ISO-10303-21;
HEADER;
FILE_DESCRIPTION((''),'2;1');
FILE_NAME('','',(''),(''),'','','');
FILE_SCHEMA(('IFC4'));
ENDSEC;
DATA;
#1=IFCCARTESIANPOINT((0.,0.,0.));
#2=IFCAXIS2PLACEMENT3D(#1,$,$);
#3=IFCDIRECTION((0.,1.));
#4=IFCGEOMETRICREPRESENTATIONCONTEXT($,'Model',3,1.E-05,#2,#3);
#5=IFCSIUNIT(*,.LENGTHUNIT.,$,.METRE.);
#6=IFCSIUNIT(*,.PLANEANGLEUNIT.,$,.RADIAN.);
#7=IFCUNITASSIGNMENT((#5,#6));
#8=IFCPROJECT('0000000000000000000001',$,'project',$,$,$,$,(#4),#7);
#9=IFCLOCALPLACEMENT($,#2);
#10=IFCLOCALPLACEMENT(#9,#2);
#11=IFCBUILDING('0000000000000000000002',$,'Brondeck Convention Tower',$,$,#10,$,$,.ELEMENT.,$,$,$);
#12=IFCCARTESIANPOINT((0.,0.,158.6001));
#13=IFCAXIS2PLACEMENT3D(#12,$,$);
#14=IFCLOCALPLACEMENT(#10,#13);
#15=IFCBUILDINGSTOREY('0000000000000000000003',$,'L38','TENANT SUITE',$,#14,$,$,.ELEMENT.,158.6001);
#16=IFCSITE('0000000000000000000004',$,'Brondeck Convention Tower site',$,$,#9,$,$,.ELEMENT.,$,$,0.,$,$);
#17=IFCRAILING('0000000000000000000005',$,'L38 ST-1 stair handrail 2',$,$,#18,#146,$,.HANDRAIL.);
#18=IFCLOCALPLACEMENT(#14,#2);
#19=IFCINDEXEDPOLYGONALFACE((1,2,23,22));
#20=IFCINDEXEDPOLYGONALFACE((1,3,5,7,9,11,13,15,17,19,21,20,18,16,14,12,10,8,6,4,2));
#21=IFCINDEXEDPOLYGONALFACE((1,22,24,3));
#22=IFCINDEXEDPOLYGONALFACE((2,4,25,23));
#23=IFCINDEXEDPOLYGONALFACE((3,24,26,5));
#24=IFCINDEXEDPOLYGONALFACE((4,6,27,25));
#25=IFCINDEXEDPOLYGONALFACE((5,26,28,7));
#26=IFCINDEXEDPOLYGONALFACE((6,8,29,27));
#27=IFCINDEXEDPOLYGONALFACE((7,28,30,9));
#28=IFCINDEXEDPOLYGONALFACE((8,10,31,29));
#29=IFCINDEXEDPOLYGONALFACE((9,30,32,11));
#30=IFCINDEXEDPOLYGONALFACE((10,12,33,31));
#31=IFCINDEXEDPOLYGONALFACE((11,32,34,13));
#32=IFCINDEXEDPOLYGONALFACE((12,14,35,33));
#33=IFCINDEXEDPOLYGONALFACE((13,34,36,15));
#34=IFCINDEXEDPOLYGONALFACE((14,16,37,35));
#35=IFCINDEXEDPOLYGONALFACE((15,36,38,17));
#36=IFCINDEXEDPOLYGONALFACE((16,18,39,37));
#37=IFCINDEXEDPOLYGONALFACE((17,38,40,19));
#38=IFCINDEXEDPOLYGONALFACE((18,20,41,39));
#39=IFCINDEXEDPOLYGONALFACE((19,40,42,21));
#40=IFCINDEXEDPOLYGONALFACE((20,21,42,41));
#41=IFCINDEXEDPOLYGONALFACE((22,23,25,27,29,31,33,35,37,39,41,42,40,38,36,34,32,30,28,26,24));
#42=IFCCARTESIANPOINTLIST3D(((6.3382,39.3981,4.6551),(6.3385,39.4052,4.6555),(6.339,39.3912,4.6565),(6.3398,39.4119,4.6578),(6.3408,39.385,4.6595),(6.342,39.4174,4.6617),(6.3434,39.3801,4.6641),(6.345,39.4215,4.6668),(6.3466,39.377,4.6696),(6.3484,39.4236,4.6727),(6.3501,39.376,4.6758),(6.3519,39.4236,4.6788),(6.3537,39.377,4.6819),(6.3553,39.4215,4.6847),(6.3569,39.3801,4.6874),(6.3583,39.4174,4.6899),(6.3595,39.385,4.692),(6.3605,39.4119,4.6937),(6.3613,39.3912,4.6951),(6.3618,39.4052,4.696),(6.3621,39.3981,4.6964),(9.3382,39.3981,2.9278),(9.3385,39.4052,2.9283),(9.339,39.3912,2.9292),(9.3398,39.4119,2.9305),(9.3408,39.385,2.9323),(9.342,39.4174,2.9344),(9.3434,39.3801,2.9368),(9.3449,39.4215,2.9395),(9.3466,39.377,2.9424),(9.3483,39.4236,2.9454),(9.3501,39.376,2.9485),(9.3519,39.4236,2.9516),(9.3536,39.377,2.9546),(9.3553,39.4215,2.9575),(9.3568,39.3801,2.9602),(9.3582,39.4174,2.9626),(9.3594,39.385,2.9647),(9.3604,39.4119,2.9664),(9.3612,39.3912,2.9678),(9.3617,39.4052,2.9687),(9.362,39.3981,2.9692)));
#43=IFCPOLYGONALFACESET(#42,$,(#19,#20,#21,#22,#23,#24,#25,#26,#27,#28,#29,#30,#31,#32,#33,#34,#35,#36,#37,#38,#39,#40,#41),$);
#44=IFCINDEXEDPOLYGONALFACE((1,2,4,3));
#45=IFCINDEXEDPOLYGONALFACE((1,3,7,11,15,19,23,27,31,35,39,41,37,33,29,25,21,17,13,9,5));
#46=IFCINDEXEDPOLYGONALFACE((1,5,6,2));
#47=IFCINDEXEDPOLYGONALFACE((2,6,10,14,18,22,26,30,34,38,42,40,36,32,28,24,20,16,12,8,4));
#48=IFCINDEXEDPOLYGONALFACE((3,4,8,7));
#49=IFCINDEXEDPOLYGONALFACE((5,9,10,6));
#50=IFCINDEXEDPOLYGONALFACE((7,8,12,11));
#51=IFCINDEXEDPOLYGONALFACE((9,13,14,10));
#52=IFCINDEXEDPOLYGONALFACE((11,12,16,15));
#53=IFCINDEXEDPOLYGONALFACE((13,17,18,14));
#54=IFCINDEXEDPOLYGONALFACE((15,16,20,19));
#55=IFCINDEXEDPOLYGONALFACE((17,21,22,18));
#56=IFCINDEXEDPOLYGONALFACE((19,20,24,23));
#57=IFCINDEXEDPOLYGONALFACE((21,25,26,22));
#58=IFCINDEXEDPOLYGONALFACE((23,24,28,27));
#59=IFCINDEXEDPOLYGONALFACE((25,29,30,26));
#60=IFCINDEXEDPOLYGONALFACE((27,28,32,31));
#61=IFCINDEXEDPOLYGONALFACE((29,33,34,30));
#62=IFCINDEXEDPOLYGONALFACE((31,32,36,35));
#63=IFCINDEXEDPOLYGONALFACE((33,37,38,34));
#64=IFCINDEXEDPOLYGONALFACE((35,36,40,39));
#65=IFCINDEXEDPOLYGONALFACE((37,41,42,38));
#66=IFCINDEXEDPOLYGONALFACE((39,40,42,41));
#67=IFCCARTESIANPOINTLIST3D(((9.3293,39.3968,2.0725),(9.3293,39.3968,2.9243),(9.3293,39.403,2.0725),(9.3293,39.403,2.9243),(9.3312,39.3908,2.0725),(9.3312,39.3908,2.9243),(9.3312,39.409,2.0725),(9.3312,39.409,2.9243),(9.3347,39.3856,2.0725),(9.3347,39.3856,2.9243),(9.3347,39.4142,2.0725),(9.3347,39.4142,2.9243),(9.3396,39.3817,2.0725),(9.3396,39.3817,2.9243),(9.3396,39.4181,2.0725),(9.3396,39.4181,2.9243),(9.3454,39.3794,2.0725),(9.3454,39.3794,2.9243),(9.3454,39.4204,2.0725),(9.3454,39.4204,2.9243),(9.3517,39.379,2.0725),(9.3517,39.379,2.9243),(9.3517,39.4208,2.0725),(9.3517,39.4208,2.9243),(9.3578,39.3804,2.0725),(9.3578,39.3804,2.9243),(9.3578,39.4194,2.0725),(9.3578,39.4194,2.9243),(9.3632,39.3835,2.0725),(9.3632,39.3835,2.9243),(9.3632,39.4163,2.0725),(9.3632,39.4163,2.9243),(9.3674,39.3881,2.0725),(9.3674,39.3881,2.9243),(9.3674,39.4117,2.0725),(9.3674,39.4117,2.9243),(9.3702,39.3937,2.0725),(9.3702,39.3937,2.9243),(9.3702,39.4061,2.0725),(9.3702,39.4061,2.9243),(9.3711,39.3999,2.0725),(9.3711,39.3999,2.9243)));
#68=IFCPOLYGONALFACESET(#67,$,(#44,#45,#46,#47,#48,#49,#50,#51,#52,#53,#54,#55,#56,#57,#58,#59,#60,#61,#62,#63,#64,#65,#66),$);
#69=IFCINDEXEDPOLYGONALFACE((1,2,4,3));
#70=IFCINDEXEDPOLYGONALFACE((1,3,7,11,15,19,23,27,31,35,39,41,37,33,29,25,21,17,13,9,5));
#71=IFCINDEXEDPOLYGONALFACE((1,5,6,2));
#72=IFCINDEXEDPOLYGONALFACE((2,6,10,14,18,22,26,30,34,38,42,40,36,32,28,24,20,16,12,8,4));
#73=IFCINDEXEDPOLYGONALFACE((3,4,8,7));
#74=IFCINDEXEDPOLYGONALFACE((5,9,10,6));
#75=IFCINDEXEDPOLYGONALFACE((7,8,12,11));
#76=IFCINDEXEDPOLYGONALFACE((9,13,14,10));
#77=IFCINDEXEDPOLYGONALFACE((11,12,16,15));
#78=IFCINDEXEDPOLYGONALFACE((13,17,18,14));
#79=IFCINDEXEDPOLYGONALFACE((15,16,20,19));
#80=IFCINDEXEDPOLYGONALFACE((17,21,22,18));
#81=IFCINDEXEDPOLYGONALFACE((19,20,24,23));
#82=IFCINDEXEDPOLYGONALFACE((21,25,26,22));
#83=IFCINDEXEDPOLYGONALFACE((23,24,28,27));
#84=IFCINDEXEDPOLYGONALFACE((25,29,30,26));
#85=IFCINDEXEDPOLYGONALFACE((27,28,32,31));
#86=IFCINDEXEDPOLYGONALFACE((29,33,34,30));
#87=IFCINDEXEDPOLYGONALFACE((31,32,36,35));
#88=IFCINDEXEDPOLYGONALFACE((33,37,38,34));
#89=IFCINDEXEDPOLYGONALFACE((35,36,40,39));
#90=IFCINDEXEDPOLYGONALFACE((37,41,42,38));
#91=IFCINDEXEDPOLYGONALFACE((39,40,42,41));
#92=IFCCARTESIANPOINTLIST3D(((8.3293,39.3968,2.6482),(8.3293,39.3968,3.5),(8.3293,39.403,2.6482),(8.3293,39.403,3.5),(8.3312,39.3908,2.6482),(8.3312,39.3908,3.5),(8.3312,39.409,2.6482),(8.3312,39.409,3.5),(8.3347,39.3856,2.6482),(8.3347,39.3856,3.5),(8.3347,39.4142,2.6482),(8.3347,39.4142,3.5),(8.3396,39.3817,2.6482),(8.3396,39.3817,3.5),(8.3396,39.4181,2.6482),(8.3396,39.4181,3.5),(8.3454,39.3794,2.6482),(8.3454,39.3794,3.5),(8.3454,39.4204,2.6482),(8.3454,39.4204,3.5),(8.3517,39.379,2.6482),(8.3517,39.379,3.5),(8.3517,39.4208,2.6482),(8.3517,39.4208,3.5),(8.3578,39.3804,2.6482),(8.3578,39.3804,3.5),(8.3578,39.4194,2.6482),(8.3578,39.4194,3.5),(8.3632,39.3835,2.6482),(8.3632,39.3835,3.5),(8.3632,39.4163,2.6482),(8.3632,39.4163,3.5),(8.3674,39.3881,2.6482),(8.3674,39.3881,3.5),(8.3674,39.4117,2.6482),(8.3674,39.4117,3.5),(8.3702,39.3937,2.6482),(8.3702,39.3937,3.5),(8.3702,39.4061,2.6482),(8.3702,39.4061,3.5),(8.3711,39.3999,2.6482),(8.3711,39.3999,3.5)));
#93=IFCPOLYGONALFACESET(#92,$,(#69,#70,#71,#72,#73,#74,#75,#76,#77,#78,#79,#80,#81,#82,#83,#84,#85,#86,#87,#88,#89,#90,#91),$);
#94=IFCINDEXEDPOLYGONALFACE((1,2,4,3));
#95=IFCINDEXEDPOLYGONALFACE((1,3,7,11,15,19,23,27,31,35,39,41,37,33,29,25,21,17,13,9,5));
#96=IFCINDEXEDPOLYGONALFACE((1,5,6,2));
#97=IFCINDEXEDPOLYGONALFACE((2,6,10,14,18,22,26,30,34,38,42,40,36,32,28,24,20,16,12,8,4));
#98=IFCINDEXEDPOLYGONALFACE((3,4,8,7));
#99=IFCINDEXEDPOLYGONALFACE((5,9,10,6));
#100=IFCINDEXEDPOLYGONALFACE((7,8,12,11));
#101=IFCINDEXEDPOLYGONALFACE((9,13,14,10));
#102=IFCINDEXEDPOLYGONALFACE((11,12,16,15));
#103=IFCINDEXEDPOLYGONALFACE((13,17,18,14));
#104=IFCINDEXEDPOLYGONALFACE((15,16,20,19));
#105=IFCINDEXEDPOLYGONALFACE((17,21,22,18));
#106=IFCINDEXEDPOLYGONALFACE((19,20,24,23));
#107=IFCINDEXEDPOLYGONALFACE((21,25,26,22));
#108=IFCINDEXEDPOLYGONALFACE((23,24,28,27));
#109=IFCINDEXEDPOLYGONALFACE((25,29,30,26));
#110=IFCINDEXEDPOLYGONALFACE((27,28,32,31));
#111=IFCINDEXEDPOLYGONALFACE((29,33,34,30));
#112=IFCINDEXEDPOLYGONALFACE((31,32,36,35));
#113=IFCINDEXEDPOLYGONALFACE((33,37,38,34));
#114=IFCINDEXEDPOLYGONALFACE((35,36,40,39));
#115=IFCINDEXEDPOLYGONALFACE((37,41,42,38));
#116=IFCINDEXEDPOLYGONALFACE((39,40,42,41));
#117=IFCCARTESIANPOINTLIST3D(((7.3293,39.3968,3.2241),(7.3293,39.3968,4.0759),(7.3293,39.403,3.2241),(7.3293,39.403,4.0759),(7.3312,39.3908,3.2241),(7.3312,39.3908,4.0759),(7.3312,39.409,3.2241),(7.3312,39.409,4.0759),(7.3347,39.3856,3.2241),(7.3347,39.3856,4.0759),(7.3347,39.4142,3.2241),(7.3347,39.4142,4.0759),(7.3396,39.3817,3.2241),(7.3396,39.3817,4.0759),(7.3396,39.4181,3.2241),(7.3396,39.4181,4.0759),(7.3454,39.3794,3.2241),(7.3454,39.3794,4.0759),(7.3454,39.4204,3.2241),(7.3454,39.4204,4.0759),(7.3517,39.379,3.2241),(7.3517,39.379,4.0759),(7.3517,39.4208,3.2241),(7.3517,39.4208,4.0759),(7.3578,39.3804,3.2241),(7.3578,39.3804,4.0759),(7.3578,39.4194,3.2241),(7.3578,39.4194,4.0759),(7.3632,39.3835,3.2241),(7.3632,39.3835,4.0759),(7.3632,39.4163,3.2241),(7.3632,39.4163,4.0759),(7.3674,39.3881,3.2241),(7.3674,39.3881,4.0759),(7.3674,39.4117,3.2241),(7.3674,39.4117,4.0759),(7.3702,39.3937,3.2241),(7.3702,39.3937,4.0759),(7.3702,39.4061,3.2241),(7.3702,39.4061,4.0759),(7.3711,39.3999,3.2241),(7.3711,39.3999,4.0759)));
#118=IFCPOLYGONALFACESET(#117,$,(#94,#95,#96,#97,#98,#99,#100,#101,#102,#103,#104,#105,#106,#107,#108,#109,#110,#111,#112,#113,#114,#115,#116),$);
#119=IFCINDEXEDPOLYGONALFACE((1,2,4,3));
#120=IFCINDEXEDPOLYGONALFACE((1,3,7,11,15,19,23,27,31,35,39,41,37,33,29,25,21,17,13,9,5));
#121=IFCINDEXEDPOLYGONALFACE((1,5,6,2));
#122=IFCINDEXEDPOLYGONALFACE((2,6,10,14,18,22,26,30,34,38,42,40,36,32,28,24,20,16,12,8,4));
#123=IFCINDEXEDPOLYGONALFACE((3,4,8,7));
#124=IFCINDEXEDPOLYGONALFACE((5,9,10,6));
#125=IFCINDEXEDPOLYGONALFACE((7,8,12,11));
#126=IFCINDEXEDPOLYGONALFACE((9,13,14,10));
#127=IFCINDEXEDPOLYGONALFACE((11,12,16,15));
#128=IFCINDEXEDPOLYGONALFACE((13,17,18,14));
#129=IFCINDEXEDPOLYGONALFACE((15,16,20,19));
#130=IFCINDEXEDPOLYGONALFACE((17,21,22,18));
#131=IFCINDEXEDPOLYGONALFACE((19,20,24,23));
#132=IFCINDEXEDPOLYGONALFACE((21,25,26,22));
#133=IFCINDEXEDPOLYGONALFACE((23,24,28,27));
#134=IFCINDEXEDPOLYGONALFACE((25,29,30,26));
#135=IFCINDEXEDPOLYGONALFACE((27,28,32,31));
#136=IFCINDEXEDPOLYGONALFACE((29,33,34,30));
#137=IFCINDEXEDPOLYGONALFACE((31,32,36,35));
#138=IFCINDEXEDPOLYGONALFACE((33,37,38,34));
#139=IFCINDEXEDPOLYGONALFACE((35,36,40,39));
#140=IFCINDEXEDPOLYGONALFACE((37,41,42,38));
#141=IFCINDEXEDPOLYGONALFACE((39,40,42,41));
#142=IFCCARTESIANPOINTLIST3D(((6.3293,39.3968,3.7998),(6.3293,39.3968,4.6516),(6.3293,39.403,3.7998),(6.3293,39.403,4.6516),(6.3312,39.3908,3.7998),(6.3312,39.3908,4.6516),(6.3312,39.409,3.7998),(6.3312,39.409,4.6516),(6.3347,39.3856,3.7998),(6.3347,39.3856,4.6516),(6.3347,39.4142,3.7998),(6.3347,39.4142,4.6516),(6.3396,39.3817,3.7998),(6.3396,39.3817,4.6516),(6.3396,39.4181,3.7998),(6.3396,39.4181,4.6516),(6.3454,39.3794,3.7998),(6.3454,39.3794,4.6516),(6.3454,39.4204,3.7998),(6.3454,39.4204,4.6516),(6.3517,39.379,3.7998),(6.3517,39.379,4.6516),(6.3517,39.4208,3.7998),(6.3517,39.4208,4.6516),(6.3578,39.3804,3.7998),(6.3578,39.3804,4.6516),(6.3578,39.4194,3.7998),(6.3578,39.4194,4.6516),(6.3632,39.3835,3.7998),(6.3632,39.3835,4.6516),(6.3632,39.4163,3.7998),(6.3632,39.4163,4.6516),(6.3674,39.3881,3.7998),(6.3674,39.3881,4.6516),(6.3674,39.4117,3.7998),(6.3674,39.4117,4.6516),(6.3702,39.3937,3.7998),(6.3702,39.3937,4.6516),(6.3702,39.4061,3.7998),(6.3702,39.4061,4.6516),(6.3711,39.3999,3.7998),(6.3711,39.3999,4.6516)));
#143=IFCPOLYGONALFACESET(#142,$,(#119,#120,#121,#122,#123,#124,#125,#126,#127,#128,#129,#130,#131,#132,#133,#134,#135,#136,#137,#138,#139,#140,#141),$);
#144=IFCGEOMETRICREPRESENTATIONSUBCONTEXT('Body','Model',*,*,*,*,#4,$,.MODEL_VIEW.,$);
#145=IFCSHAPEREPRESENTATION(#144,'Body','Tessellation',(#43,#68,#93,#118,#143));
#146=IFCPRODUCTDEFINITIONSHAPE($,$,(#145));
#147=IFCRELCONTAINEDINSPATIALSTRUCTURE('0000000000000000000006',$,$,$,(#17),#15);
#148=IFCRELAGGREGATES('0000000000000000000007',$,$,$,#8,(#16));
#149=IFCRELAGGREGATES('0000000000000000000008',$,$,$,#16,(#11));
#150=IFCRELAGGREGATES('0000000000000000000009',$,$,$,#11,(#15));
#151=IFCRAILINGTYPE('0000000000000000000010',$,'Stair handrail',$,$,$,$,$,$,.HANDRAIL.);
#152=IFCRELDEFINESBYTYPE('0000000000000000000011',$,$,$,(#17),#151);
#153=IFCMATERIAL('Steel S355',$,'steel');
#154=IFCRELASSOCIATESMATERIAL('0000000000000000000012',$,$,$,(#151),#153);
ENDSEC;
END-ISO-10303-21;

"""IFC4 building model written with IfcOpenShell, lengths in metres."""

from ifc_helpers import new_model, si_unit, direction, frame, origin, origin_2d, place, context, subcontext, project, spatial, circle, extrude, material, type_object, element, save


model = new_model("IFC4")

# Units and contexts
model_context = context("Model", 3, precision=1e-05, world=origin(), true_north=direction((0.0, 1.0)))
body_context = subcontext(model_context, "Body", "Model", "MODEL_VIEW")
ifc_project = project(units=[si_unit("LENGTHUNIT", "METRE"), si_unit("PLANEANGLEUNIT", "RADIAN")], contexts=[model_context])

# Site, building, storey
site_placement = place(None, origin())
site = spatial("IfcSite", under=ifc_project, at=site_placement, Name="Brondeck Convention Tower site", CompositionType="ELEMENT", RefElevation=0.0)
building_placement = place(site_placement, origin())
building = spatial("IfcBuilding", under=site, at=building_placement, Name="Brondeck Convention Tower", CompositionType="ELEMENT")
storey_placement = place(building_placement, frame((0.0, 0.0, 158.6001)))
storey = spatial("IfcBuildingStorey", under=building, at=storey_placement, Name="L38", Description="TENANT SUITE", CompositionType="ELEMENT", Elevation=158.6001)

# Shared definitions
ifc_material_1 = material(Name="Steel S355", Category="steel")

# Railing
railing_type_1 = type_object("IfcRailingType", Name="Stair handrail", PredefinedType="HANDRAIL", material=ifc_material_1)
railing_1_placement = place(storey_placement, frame((9.3501, 39.3999, 2.0725)))
element("IfcRailing", 1, at=railing_1_placement, inside=storey, type_object=railing_type_1, Name="L38 ST-1 stair handrail 2", PredefinedType="HANDRAIL", context=body_context, shape_type="SweptSolid", body=[
    extrude(circle(Radius=0.0239, at=origin_2d()), frame((0.0, 0.0, 0.876), z_axis=(-0.86662, 0.0, 0.498969), x_axis=(0.0, -1.0, 0.0)), (0.0, 0.0, 1.0), 3.4617),
    extrude(circle(Radius=0.021, at=origin_2d()), origin(), (0.0, 0.0, 1.0), 0.8518),
    extrude(circle(Radius=0.021, at=origin_2d()), frame((-1.0, 0.0, 0.5757)), (0.0, 0.0, 1.0), 0.8518),
    extrude(circle(Radius=0.021, at=origin_2d()), frame((-2.0, 0.0, 1.1516)), (0.0, 0.0, 1.0), 0.8518),
    extrude(circle(Radius=0.021, at=origin_2d()), frame((-3.0, 0.0, 1.7273)), (0.0, 0.0, 1.0), 0.8518),
])

save(model, "model.ifc")
